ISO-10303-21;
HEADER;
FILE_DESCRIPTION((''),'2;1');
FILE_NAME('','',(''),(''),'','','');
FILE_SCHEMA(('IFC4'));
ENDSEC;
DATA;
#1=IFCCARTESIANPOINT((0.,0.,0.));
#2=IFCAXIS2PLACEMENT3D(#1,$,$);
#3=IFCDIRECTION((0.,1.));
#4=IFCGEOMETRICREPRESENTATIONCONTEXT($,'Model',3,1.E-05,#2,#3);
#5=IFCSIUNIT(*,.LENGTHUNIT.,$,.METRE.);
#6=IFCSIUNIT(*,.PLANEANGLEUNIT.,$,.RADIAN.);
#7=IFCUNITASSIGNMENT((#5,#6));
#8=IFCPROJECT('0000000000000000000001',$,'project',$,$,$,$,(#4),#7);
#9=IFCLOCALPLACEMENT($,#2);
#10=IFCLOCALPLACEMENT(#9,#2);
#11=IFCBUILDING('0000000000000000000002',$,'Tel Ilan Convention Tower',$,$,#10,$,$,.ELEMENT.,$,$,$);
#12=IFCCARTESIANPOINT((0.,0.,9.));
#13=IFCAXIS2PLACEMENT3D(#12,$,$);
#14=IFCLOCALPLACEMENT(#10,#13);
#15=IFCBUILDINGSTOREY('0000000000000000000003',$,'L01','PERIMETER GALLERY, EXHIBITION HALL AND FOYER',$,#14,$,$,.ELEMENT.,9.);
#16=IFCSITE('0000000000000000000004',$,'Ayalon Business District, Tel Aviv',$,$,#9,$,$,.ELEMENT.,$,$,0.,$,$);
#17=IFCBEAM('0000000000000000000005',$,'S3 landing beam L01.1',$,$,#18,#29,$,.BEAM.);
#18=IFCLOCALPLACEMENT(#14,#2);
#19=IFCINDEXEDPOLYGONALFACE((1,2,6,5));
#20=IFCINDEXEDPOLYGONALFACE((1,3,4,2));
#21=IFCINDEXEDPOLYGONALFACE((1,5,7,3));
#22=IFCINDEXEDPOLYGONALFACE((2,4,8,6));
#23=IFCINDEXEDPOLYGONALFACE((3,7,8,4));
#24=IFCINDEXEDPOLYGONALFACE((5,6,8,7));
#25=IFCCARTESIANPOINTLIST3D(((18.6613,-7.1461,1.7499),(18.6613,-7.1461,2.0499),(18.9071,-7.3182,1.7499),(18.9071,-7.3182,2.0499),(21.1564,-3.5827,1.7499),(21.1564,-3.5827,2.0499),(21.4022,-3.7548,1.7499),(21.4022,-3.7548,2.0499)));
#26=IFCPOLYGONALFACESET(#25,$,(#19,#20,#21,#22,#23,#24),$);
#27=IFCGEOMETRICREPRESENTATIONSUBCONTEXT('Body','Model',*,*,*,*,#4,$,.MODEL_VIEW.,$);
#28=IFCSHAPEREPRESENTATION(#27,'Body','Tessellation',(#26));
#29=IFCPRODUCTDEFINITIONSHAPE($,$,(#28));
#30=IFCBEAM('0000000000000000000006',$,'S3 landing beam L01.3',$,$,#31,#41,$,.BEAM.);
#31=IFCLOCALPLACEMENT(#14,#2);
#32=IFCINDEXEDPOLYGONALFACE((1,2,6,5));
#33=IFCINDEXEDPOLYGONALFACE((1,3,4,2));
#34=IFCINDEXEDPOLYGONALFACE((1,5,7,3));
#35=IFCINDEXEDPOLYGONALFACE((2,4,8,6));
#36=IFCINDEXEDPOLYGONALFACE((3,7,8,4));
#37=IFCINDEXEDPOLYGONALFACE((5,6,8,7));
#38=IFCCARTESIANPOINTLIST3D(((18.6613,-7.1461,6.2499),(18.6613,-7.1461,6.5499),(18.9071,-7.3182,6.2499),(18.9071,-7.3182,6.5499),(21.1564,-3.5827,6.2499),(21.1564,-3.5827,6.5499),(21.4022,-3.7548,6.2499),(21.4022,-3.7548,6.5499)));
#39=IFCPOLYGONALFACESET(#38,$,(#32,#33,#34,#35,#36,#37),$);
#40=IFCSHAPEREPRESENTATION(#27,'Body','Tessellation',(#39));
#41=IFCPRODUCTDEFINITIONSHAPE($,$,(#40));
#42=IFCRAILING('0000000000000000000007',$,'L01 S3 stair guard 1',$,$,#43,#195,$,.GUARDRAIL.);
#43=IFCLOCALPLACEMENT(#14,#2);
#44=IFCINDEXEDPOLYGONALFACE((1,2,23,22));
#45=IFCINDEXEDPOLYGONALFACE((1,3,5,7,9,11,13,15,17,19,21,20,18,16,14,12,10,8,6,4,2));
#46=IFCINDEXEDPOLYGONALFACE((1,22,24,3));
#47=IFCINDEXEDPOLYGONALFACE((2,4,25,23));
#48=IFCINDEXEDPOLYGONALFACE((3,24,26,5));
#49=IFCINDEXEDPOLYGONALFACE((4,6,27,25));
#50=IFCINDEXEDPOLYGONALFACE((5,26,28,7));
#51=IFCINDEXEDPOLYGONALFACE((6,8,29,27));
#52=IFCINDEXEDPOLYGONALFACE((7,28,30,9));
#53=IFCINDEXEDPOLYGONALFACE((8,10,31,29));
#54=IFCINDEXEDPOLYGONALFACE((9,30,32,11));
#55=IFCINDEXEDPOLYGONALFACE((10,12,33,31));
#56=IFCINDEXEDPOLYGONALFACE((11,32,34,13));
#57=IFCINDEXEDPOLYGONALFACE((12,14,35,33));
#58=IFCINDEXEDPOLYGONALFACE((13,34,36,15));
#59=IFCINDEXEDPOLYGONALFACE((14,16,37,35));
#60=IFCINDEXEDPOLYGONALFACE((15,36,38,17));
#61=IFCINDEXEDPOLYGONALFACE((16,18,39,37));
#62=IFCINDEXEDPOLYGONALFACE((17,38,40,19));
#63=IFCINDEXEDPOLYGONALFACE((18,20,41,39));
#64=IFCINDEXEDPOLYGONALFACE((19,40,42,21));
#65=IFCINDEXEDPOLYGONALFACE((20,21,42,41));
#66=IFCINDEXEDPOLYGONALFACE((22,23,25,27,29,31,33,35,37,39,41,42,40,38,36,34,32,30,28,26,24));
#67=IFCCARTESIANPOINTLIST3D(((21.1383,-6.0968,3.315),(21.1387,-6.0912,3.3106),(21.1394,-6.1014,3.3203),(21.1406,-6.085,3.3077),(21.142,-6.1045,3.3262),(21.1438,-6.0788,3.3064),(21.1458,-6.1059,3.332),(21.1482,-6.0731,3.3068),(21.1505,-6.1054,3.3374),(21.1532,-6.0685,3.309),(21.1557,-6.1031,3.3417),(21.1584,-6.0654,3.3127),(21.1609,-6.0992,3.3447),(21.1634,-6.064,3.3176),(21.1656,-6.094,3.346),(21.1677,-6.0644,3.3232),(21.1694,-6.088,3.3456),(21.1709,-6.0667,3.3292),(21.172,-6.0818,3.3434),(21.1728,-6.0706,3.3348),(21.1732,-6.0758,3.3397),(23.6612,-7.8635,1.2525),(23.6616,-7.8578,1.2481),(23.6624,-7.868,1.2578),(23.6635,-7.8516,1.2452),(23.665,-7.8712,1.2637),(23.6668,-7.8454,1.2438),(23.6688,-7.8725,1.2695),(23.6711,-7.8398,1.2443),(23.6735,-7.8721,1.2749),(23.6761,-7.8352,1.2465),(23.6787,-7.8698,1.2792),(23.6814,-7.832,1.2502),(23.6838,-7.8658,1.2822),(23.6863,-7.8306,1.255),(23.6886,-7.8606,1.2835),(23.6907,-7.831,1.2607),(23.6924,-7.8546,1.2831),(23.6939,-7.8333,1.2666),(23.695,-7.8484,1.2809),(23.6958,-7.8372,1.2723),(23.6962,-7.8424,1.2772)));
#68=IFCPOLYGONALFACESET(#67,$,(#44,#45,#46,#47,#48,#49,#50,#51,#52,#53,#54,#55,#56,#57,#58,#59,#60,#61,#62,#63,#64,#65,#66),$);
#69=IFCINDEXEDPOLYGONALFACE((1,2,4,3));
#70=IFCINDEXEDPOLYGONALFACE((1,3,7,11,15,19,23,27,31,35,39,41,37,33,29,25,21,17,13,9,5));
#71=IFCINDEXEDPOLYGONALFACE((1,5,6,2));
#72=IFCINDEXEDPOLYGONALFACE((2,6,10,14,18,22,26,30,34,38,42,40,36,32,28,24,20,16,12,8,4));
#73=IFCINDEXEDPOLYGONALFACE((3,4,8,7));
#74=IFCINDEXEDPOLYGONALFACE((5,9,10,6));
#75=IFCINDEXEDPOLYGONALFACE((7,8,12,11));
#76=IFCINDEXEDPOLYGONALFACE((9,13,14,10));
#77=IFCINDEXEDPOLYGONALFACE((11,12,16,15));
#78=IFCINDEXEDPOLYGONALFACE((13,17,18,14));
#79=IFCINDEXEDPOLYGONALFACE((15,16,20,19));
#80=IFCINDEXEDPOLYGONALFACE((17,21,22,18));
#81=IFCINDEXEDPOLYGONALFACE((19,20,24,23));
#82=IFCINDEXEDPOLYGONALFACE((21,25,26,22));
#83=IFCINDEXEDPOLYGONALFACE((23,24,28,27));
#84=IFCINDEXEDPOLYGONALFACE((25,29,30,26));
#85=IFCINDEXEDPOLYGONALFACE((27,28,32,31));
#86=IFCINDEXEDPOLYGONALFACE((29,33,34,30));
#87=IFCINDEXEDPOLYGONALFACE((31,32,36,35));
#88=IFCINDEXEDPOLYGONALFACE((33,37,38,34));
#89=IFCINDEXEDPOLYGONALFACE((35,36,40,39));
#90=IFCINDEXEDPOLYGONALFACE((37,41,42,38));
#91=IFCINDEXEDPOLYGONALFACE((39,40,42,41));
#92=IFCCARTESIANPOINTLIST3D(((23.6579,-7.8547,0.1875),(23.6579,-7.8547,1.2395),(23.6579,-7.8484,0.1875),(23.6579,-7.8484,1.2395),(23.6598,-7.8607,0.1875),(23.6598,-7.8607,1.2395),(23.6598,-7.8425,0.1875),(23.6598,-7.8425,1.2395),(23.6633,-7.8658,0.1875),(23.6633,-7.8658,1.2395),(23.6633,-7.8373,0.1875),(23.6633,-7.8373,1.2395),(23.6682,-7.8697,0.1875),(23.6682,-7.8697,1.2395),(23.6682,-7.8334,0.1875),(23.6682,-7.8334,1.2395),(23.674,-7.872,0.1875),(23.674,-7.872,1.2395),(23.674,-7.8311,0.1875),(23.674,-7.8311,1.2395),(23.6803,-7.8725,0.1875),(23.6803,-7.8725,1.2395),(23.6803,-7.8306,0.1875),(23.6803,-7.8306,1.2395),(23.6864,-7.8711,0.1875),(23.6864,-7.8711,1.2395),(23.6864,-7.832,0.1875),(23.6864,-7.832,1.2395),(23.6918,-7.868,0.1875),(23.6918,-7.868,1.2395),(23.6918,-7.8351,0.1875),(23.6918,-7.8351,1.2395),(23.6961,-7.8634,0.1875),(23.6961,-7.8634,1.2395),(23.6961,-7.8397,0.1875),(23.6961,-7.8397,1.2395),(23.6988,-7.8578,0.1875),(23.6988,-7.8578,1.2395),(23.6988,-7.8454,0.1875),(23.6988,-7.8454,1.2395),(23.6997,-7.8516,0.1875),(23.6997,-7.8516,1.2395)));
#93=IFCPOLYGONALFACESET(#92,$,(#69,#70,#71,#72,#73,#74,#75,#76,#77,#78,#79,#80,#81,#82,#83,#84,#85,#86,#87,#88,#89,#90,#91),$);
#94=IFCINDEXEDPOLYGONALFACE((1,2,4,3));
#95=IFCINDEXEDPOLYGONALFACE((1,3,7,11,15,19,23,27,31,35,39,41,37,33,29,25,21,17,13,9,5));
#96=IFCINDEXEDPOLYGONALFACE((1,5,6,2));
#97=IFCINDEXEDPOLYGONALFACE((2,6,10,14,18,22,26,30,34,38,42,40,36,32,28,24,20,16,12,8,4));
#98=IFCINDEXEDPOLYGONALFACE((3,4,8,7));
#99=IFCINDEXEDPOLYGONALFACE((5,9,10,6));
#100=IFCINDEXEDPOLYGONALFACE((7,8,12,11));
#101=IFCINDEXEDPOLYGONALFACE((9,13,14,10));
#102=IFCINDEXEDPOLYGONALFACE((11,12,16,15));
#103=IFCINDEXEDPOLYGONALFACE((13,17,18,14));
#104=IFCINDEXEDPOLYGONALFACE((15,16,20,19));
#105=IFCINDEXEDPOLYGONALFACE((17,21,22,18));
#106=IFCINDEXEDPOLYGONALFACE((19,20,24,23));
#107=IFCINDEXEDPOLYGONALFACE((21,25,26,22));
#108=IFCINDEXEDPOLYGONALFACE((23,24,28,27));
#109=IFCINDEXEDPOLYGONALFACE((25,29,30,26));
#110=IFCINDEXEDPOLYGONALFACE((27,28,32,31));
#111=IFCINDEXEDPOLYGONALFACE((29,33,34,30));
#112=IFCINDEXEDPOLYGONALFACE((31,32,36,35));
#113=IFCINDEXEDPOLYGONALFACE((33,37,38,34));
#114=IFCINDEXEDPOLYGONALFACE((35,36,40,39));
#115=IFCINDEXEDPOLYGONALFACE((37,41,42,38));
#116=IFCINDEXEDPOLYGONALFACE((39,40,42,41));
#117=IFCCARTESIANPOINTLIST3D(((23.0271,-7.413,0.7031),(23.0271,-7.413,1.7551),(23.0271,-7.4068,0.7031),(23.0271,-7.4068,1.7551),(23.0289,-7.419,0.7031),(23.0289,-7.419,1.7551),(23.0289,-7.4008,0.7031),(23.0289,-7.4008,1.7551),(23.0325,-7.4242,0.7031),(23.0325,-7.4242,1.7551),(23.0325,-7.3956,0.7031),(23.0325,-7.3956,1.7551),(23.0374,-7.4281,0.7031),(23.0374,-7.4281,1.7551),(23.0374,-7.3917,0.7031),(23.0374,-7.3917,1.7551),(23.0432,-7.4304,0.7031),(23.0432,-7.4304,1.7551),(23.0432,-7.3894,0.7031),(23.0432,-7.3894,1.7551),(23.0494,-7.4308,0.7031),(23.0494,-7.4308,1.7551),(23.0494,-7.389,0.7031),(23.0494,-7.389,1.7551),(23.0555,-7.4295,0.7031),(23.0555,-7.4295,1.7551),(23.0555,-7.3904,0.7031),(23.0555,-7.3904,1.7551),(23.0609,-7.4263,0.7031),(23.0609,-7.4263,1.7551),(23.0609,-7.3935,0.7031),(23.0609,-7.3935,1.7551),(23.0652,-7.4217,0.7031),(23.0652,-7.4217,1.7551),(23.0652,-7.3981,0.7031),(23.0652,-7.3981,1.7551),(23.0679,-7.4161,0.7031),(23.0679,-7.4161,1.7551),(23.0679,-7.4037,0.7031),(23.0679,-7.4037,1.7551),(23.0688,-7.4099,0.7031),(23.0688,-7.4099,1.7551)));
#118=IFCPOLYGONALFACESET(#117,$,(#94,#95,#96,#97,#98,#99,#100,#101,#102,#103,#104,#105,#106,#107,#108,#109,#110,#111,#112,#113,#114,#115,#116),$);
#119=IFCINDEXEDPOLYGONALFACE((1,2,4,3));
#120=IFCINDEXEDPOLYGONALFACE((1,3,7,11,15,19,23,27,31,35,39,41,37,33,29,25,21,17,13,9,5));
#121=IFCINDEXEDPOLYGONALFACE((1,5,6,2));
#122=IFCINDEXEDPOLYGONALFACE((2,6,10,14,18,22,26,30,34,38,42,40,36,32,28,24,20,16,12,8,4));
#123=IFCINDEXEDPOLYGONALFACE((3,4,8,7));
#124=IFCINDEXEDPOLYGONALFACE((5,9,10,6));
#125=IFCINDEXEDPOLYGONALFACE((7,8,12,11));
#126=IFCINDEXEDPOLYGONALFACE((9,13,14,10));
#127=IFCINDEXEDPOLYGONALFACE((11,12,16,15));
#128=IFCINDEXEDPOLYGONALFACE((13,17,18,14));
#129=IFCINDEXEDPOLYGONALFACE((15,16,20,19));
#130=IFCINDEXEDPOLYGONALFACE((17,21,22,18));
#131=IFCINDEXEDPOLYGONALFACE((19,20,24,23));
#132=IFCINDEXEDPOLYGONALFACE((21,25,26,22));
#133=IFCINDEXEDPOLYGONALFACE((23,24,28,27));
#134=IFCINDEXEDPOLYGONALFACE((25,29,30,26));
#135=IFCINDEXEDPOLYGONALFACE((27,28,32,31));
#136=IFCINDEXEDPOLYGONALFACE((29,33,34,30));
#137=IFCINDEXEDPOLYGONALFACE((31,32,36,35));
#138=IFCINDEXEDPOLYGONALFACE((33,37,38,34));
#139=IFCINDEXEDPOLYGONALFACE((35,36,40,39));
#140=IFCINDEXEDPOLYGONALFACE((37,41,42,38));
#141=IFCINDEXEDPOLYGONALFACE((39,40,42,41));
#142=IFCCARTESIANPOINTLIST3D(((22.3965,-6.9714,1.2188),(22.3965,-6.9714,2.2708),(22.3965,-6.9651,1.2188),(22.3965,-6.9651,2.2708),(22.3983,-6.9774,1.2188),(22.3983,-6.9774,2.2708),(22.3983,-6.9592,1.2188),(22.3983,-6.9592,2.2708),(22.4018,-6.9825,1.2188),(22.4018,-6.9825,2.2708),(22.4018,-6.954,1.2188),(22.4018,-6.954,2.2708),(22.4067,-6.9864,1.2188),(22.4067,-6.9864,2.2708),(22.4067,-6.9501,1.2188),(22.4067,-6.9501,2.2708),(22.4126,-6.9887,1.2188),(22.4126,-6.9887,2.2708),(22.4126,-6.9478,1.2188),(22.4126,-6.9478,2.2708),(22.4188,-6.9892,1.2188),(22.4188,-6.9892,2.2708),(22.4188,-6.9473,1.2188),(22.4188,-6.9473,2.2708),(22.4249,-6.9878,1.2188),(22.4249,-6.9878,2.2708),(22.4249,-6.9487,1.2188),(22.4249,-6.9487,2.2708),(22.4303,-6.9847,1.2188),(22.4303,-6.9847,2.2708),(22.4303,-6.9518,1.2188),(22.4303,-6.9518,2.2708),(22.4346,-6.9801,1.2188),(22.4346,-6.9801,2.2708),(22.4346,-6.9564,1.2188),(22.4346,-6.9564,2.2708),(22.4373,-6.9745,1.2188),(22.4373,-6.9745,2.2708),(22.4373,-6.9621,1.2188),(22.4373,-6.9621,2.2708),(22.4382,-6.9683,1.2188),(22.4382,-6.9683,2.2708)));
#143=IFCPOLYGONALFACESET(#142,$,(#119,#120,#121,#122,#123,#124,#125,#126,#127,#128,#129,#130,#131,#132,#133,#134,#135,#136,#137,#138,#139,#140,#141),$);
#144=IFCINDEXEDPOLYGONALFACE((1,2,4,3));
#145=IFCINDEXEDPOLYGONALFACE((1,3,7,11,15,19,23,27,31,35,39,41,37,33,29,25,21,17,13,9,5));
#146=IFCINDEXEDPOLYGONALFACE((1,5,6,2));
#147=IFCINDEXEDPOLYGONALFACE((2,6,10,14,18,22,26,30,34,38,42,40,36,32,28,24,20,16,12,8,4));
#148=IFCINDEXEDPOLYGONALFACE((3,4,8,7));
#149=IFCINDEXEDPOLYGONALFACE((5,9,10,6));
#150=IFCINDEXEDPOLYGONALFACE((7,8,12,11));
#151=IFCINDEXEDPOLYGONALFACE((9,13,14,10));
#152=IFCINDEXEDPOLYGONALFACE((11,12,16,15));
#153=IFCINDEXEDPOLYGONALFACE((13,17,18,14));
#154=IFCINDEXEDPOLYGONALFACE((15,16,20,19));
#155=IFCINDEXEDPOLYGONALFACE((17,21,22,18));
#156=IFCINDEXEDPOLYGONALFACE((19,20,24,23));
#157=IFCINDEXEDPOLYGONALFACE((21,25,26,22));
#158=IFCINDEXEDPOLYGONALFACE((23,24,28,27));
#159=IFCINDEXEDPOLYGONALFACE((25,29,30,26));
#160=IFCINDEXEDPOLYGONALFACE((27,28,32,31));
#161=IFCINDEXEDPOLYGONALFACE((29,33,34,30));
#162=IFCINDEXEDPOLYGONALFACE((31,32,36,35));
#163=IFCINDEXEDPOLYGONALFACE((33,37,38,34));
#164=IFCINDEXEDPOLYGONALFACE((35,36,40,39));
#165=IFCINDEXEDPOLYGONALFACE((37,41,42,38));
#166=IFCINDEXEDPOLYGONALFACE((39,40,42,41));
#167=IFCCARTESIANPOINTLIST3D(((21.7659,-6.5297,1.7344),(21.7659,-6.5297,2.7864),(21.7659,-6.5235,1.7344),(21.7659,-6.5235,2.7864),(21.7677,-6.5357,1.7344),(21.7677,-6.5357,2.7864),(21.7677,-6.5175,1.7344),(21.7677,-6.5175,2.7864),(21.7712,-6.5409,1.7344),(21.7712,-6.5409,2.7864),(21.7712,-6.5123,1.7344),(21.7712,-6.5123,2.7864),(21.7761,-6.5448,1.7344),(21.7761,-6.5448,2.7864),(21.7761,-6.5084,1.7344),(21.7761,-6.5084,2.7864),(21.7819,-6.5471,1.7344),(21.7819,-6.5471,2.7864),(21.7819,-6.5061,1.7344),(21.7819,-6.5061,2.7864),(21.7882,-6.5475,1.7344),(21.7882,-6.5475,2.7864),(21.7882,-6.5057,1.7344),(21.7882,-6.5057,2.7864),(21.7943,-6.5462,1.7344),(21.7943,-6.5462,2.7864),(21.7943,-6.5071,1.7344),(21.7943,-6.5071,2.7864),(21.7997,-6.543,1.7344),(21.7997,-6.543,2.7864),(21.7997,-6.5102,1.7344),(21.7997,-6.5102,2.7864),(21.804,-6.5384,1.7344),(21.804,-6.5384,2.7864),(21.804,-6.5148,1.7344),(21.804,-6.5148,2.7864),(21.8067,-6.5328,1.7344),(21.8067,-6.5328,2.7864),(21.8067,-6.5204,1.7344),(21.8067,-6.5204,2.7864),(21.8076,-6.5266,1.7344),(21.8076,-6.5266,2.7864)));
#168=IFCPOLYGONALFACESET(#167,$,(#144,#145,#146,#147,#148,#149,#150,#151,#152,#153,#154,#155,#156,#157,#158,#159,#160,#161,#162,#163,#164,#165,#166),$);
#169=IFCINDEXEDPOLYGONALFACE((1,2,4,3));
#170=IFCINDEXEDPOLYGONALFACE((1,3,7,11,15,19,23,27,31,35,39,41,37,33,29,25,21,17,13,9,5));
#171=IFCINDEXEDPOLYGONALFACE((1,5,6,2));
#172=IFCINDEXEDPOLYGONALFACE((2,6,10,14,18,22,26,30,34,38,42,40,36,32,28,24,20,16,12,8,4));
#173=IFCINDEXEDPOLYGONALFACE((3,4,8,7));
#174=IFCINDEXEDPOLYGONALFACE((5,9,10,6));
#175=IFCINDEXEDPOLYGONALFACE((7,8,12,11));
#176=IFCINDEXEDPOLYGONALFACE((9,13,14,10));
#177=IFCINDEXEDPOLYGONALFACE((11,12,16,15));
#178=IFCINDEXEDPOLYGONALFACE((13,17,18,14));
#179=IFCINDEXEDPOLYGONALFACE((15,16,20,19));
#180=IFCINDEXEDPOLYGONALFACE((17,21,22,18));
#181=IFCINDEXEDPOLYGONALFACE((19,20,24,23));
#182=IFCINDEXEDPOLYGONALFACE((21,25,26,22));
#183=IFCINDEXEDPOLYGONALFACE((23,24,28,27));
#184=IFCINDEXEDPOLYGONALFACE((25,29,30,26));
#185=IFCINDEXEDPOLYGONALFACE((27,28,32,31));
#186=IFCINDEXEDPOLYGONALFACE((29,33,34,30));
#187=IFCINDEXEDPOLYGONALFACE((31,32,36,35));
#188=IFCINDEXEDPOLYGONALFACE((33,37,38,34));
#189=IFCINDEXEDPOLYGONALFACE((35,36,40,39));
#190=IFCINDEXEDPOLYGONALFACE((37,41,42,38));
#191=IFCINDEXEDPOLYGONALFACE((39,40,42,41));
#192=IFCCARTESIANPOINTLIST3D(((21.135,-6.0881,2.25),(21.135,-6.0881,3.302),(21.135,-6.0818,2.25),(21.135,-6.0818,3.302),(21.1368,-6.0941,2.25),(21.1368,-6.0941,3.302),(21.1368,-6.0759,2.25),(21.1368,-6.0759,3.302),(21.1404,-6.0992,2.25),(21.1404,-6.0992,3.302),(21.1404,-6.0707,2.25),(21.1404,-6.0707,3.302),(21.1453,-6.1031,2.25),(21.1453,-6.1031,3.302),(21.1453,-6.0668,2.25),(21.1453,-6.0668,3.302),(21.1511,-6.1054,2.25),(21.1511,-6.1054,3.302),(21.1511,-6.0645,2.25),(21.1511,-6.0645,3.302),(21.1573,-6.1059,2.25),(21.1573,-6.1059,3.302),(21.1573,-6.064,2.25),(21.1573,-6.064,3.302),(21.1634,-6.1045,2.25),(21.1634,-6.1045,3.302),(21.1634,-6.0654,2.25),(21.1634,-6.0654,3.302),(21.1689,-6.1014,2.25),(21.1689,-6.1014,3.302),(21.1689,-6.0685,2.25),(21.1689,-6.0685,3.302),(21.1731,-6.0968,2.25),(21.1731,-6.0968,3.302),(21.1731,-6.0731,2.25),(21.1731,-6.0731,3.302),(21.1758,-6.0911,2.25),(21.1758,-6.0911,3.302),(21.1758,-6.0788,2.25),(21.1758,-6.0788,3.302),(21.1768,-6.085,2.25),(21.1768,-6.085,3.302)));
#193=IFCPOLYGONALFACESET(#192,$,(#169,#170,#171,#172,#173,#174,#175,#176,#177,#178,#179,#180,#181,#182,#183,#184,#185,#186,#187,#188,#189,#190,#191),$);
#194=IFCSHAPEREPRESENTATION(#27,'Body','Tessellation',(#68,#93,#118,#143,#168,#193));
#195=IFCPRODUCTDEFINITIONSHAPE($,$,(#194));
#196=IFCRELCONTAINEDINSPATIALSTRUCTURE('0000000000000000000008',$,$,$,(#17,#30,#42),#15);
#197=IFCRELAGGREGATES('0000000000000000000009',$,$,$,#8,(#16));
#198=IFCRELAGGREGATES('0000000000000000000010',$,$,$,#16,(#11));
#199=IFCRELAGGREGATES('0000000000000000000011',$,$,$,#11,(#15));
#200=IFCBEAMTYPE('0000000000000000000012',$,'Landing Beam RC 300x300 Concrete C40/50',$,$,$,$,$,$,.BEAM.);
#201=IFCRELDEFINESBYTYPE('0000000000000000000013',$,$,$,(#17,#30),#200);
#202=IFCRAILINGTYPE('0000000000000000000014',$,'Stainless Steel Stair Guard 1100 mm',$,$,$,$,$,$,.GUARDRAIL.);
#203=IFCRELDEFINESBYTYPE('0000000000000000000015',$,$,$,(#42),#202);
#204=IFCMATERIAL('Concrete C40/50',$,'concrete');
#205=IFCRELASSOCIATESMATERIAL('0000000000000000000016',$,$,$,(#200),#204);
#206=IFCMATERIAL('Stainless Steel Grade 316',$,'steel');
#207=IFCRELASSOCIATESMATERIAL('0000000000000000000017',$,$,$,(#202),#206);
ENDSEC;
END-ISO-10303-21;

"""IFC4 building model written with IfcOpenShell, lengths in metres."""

from ifc_helpers import new_model, si_unit, direction, frame, origin, origin_2d, place, context, subcontext, project, spatial, rectangle, circle, extrude, material, material_profile, profile_set, type_object, element, save


model = new_model("IFC4")

# Units and contexts
model_context = context("Model", 3, precision=1e-05, world=origin(), true_north=direction((0.0, 1.0)))
body_context = subcontext(model_context, "Body", "Model", "MODEL_VIEW")
ifc_project = project(units=[si_unit("LENGTHUNIT", "METRE"), si_unit("PLANEANGLEUNIT", "RADIAN")], contexts=[model_context])

# Site, building, storey
site_placement = place(None, origin())
site = spatial("IfcSite", under=ifc_project, at=site_placement, Name="Ayalon Business District, Tel Aviv", CompositionType="ELEMENT", RefElevation=0.0)
building_placement = place(site_placement, origin())
building = spatial("IfcBuilding", under=site, at=building_placement, Name="Tel Ilan Convention Tower", CompositionType="ELEMENT")
storey_placement = place(building_placement, frame((0.0, 0.0, 9.0)))
storey = spatial("IfcBuildingStorey", under=building, at=storey_placement, Name="L01", Description="PERIMETER GALLERY, EXHIBITION HALL AND FOYER", CompositionType="ELEMENT", Elevation=9.0)

# Beams
ifc_material_1 = material(Name="Concrete C40/50", Category="concrete")
ifc_material_profile = material_profile(ifc_material_1, rectangle(XDim=0.3, YDim=0.3, at=origin_2d()), Name="RC 300x300")
ifc_profile_set = profile_set([ifc_material_profile], Name="Concrete C40/50")
beam_type = type_object("IfcBeamType", Name="Landing Beam RC 300x300 Concrete C40/50", PredefinedType="BEAM", material=ifc_profile_set)
for number, where, z_axis, x_axis, name in (
    (1, (21.2793, -3.6687, 1.8999), (-0.573568, -0.819158, 0.0), (0.819158, -0.573568, 0.0), "S3 landing beam L01.1"),
    (2, (21.2793, -3.6687, 6.3999), (-0.573568, -0.819158, 0.0), (0.819158, -0.573568, 0.0), "S3 landing beam L01.3"),
):
    element("IfcBeam", number, at=place(storey_placement, frame(where, z_axis=z_axis, x_axis=x_axis)), inside=storey, type_object=beam_type, Name=name, PredefinedType="BEAM", context=body_context, shape_type="SweptSolid", body=[
        extrude(rectangle(XDim=0.3, YDim=0.3, at=origin_2d()), origin(), (0.0, 0.0, 1.0), 4.3501),
    ])

# Railing
ifc_material_2 = material(Name="Stainless Steel Grade 316", Category="steel")
railing_type_1 = type_object("IfcRailingType", Name="Stainless Steel Stair Guard 1100 mm", PredefinedType="GUARDRAIL", material=ifc_material_2)
railing_1_placement = place(storey_placement, frame((23.6787, -7.8516, 0.1875)))
element("IfcRailing", 3, at=railing_1_placement, inside=storey, type_object=railing_type_1, Name="L01 S3 stair guard 1", PredefinedType="GUARDRAIL", context=body_context, shape_type="SweptSolid", body=[
    extrude(circle(Radius=0.0239, at=origin_2d()), frame((0.0, 0.0, 1.0762), z_axis=(-0.680635, 0.476589, 0.556416), x_axis=(-0.573579, -0.81915, 0.0)), (0.0, 0.0, 1.0), 3.7068),
    extrude(circle(Radius=0.021, at=origin_2d()), origin(), (0.0, 0.0, 1.0), 1.052),
    extrude(circle(Radius=0.021, at=origin_2d()), frame((-0.6309, 0.4417, 0.5156)), (0.0, 0.0, 1.0), 1.052),
    extrude(circle(Radius=0.021, at=origin_2d()), frame((-1.2615, 0.8833, 1.0312)), (0.0, 0.0, 1.0), 1.052),
    extrude(circle(Radius=0.021, at=origin_2d()), frame((-1.8921, 1.325, 1.5469)), (0.0, 0.0, 1.0), 1.052),
    extrude(circle(Radius=0.021, at=origin_2d()), frame((-2.5229, 1.7666, 2.0625)), (0.0, 0.0, 1.0), 1.052),
])

save(model, "model.ifc")
